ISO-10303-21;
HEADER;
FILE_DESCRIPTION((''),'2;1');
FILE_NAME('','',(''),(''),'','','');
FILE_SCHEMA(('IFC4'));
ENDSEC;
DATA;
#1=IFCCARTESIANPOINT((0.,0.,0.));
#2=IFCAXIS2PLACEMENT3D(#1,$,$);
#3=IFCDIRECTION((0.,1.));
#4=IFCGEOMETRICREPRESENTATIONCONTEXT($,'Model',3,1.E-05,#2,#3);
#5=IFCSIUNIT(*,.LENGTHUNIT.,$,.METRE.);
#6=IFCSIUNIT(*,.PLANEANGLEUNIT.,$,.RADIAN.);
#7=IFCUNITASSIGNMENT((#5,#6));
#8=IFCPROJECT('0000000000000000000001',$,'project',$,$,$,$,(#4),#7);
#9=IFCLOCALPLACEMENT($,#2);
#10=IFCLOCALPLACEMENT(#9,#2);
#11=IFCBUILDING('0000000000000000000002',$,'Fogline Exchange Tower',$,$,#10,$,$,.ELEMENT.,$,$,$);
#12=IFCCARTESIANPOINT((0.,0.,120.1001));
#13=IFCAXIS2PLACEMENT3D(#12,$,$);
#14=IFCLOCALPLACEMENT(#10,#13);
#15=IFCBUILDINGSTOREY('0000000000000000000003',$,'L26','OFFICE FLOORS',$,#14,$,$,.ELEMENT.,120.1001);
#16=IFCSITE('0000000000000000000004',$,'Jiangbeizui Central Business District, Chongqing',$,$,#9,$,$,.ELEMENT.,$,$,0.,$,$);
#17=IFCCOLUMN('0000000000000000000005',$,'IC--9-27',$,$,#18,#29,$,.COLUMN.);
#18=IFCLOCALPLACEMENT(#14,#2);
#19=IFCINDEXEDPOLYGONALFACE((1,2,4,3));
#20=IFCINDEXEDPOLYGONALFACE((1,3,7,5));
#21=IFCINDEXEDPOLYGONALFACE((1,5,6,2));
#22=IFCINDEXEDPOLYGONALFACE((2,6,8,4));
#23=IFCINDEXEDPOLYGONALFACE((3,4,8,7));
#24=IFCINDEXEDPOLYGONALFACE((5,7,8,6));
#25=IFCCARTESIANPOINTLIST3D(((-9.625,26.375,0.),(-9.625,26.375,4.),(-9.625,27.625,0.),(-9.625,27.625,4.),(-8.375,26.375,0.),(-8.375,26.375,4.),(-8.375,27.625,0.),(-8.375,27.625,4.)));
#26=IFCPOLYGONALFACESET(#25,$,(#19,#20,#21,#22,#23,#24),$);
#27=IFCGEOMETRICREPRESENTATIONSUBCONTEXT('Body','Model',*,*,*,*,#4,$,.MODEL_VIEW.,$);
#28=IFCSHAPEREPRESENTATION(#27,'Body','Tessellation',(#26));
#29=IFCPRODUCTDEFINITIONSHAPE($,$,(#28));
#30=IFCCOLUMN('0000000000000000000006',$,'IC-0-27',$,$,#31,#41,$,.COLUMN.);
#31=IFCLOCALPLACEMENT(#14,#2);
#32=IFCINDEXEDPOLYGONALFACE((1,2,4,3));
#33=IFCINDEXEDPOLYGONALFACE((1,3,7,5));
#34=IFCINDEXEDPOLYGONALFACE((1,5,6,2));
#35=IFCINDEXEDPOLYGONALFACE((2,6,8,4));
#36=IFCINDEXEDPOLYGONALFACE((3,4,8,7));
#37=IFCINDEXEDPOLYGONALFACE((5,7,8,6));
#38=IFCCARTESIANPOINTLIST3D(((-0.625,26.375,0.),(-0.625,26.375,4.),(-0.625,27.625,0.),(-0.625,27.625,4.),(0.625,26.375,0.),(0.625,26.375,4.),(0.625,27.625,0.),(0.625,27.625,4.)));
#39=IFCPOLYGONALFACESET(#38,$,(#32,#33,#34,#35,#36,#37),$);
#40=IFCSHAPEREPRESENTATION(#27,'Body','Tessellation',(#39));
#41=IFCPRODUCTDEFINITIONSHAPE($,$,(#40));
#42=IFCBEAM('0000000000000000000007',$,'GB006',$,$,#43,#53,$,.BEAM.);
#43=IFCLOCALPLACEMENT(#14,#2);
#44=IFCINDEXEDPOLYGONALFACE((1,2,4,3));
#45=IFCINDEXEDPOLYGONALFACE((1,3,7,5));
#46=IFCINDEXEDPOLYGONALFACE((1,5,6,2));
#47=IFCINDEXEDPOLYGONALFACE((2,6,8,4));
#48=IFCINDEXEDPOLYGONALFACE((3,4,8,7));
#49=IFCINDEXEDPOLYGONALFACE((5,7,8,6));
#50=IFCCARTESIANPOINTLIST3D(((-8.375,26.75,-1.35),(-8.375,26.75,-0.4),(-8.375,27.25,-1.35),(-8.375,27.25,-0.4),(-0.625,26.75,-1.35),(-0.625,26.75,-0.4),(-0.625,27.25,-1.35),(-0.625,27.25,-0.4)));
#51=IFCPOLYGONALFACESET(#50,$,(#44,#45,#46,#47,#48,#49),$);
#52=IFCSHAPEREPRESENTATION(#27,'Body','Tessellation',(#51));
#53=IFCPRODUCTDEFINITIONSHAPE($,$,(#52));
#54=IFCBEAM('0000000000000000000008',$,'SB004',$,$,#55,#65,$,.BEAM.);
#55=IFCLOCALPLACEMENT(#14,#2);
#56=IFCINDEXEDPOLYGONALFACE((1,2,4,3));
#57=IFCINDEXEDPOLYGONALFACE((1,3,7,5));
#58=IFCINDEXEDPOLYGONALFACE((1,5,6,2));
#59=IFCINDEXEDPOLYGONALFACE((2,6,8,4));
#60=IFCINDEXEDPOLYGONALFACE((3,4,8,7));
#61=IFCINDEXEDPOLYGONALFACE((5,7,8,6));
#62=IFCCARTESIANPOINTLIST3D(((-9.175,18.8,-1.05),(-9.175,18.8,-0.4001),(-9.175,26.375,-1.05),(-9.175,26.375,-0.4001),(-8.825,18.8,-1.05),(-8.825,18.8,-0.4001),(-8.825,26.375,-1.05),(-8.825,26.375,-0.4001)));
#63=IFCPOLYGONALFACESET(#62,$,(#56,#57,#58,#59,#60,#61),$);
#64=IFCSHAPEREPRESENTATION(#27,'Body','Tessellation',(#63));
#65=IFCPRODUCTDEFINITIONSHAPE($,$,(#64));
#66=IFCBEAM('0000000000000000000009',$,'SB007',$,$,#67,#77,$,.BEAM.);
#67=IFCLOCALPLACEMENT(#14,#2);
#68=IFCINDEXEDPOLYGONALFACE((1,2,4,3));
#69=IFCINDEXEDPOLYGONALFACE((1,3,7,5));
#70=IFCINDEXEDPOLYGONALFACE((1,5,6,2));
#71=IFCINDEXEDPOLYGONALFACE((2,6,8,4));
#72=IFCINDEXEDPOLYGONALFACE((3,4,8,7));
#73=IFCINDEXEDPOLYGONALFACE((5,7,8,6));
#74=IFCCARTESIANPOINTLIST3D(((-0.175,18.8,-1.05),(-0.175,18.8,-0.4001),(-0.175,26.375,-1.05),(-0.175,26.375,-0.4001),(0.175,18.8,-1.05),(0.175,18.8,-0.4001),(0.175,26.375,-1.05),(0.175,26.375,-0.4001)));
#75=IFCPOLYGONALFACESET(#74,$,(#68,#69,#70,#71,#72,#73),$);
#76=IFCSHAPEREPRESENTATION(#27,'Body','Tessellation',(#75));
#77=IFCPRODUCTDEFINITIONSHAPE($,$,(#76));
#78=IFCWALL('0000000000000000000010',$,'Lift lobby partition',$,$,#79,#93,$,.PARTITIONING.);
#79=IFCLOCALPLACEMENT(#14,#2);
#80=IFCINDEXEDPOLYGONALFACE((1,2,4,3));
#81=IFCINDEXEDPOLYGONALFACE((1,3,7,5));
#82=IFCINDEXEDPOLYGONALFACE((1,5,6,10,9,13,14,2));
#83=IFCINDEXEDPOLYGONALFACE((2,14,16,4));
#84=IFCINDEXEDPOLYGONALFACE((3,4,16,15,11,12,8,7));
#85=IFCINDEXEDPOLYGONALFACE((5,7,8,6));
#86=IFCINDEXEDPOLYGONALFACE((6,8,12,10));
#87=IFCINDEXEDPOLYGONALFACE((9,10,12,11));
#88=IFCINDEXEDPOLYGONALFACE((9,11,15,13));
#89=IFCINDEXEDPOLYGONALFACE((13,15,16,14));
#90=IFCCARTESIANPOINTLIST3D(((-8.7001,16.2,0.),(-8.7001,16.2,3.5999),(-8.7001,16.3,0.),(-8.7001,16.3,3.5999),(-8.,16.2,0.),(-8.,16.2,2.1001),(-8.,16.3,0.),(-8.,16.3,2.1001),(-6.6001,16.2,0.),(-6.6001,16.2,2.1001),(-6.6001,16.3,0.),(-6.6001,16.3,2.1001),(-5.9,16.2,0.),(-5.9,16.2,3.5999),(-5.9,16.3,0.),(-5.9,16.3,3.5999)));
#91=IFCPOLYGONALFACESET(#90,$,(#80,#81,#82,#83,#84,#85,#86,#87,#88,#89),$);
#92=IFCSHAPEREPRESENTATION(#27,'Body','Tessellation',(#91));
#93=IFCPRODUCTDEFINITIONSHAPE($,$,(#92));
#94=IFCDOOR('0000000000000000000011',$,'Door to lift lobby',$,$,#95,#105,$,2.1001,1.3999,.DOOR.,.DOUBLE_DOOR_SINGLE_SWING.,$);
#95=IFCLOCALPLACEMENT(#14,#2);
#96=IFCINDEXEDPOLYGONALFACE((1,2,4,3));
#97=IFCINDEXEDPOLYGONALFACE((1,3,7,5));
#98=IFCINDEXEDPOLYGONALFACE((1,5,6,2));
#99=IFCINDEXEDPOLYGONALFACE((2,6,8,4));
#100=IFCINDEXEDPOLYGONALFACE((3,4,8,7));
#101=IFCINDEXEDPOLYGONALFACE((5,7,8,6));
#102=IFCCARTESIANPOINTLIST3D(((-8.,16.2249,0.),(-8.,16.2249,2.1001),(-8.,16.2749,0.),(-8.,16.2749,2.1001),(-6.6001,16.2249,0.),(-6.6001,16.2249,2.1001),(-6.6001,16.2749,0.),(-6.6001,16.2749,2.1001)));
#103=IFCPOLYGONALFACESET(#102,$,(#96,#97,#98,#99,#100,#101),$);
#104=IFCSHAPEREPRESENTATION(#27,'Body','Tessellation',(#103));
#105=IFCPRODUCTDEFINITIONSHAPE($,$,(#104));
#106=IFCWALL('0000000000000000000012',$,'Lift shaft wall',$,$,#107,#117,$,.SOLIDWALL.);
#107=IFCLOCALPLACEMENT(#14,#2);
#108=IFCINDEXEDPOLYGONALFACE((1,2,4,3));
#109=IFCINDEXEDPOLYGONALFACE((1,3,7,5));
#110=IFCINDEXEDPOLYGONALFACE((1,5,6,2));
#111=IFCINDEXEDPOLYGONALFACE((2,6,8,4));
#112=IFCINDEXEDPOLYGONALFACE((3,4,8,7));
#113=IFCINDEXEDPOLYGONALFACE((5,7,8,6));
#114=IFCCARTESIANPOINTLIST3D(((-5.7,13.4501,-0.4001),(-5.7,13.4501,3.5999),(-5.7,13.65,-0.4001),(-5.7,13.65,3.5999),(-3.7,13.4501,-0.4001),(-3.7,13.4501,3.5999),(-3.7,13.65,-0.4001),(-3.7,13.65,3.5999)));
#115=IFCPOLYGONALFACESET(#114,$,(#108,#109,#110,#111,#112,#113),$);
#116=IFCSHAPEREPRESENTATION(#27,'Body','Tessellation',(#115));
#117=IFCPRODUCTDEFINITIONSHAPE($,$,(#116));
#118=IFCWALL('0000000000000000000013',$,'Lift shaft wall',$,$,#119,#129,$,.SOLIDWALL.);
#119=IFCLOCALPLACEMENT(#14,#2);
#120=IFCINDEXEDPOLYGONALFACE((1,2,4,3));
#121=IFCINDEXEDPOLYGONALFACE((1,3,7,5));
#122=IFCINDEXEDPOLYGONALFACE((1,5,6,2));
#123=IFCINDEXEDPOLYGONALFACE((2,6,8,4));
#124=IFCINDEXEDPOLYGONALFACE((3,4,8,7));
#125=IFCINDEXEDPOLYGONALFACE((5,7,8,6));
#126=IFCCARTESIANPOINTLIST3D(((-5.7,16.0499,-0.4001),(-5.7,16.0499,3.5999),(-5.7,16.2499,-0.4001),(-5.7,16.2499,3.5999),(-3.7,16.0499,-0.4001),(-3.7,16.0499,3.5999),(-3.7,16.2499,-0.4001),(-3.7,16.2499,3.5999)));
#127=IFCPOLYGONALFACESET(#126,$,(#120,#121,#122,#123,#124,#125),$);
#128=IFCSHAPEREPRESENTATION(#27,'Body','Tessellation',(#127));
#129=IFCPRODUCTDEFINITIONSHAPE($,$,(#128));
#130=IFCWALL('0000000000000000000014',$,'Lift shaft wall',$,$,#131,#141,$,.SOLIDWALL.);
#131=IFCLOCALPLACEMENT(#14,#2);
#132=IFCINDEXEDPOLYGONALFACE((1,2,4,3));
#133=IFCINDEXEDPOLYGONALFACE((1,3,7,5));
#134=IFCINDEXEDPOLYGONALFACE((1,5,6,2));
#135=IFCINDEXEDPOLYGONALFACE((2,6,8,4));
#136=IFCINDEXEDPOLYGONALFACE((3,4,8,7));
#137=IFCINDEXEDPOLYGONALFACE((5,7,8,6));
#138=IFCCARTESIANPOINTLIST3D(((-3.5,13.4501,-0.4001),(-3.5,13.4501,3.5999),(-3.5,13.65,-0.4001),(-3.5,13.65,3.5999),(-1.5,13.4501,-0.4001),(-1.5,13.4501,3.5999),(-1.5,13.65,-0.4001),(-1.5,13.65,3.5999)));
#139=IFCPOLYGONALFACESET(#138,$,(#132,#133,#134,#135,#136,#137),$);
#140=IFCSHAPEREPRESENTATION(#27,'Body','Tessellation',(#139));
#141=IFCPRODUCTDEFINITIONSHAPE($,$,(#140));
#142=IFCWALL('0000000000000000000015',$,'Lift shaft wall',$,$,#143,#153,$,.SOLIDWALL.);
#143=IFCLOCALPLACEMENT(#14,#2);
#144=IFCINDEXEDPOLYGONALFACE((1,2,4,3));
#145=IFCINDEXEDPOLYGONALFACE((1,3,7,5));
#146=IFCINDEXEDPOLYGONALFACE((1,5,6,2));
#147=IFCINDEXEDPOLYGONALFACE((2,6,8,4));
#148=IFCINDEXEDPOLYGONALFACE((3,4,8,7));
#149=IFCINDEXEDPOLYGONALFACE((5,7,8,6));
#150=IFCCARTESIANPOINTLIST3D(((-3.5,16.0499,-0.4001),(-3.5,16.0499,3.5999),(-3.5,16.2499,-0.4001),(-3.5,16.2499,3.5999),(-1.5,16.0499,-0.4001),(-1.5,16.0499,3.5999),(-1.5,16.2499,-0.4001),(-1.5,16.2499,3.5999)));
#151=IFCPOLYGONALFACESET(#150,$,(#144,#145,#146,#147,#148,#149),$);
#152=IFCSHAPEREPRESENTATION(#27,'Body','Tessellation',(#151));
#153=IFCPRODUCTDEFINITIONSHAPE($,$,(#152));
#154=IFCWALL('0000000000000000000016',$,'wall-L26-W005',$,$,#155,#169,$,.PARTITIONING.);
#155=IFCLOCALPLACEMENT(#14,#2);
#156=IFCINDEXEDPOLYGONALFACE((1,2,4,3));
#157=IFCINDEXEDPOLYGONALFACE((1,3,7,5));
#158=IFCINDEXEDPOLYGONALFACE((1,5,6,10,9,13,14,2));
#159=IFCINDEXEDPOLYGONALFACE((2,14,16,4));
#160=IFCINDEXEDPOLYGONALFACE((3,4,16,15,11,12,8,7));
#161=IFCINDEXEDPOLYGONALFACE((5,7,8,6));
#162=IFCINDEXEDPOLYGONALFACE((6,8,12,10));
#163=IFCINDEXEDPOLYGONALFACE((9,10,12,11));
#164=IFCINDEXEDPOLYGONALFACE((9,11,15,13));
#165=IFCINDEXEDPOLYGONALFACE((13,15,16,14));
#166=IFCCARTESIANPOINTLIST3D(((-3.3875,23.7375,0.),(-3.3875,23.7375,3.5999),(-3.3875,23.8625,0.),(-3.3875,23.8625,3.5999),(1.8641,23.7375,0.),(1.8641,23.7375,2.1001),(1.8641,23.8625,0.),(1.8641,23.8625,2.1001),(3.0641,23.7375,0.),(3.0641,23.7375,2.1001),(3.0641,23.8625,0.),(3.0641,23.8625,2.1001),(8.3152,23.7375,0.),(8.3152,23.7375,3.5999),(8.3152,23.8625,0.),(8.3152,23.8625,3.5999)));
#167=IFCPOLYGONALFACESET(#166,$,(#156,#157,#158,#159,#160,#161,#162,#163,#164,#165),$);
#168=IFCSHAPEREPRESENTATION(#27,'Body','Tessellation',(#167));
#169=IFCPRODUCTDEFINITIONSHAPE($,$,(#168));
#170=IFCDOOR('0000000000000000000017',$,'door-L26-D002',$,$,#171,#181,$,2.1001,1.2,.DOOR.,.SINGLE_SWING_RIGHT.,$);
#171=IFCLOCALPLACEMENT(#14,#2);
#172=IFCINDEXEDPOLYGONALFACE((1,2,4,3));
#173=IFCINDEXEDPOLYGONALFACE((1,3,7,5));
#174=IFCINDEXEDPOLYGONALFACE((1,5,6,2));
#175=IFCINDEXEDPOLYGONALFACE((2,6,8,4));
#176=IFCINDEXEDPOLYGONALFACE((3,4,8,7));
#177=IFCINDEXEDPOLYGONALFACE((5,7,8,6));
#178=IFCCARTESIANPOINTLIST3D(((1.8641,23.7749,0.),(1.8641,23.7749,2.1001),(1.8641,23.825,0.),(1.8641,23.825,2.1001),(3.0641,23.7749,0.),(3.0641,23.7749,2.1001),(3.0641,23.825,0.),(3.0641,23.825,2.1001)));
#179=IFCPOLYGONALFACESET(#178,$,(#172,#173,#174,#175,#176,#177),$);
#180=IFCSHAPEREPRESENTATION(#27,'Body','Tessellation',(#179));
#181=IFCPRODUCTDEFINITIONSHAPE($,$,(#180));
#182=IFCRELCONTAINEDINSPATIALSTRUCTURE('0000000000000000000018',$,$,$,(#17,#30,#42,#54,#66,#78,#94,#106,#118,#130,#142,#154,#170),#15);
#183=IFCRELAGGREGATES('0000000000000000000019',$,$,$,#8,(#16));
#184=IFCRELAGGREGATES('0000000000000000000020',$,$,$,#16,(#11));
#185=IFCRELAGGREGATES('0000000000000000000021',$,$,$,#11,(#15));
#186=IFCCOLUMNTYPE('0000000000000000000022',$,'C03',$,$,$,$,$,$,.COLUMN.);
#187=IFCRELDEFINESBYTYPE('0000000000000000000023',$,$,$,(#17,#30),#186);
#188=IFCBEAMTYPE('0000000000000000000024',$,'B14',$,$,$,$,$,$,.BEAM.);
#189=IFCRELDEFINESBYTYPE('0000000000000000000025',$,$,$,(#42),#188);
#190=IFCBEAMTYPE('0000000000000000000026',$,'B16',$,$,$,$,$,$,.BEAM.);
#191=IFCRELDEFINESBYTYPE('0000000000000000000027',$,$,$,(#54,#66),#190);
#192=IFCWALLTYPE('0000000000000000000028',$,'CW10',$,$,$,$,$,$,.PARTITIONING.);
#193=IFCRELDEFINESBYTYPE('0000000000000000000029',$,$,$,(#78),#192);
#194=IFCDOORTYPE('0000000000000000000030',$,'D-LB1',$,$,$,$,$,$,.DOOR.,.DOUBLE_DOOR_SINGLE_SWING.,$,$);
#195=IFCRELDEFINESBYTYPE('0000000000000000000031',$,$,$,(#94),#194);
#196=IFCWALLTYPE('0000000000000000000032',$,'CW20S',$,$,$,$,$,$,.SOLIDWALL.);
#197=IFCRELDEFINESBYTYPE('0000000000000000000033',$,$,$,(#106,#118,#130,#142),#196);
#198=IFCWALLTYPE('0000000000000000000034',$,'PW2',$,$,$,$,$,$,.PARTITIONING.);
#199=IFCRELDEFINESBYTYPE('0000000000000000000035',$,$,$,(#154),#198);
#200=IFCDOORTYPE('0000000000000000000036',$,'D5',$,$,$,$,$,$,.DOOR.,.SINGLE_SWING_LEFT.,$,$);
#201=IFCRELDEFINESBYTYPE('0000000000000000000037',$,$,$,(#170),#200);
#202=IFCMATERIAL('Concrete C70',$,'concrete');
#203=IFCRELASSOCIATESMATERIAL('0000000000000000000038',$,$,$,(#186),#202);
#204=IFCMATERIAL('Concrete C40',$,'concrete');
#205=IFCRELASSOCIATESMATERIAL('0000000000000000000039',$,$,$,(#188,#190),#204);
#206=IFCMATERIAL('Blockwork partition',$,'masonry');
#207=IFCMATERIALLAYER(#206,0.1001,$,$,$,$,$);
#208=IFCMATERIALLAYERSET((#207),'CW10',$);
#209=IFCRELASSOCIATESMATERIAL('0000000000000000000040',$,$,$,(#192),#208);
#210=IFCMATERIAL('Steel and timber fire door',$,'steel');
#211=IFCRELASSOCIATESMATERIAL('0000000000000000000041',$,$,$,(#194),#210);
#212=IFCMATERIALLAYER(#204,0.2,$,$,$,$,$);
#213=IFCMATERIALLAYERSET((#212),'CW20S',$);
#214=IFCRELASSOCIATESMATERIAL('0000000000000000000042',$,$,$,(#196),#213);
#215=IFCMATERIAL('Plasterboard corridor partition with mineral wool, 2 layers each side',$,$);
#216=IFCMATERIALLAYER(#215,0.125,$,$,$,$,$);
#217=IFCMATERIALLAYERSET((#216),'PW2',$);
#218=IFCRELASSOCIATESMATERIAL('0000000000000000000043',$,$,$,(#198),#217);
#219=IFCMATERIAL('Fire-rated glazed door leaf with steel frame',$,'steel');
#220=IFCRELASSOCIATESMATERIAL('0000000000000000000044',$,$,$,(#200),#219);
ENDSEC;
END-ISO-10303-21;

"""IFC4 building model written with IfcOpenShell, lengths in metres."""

from ifc_helpers import new_model, si_unit, direction, frame, frame_2d, origin, origin_2d, place, context, subcontext, project, spatial, rectangle, extrude, material, layer, layer_set, material_profile, profile_set, type_object, element, fill, save


model = new_model("IFC4")

# Units and contexts
model_context = context("Model", 3, precision=1e-05, world=origin(), true_north=direction((0.0, 1.0)))
body_context = subcontext(model_context, "Body", "Model", "MODEL_VIEW")
ifc_project = project(units=[si_unit("LENGTHUNIT", "METRE"), si_unit("PLANEANGLEUNIT", "RADIAN")], contexts=[model_context])

# Site, building, storey
site_placement = place(None, origin())
site = spatial("IfcSite", under=ifc_project, at=site_placement, Name="Jiangbeizui Central Business District, Chongqing", CompositionType="ELEMENT", RefElevation=0.0)
building_placement = place(site_placement, origin())
building = spatial("IfcBuilding", under=site, at=building_placement, Name="Fogline Exchange Tower", CompositionType="ELEMENT")
storey_placement = place(building_placement, frame((0.0, 0.0, 120.1001)))
storey = spatial("IfcBuildingStorey", under=building, at=storey_placement, Name="L26", Description="OFFICE FLOORS", CompositionType="ELEMENT", Elevation=120.1001)

# Columns
ifc_material_1 = material(Name="Concrete C70", Category="concrete")
ifc_material_profile_1 = material_profile(ifc_material_1, rectangle(XDim=1.25, YDim=1.25, at=origin_2d()), Name="RC 1250x1250")
ifc_profile_set_1 = profile_set([ifc_material_profile_1], Name="Concrete C70")
column_type = type_object("IfcColumnType", Name="C03", PredefinedType="COLUMN", material=ifc_profile_set_1)
for number, where, z_axis, x_axis, name in (
    (1, (-9.0, 27.0, 0.0), (0.0, 0.0, 1.0), (1.0, 0.0, 0.0), "IC--9-27"),
    (2, (0.0, 27.0, 0.0), (0.0, 0.0, 1.0), (1.0, 0.0, 0.0), "IC-0-27"),
):
    element("IfcColumn", number, at=place(storey_placement, frame(where, z_axis=z_axis, x_axis=x_axis)), inside=storey, type_object=column_type, Name=name, PredefinedType="COLUMN", context=body_context, shape_type="SweptSolid", body=[
        extrude(rectangle(XDim=1.25, YDim=1.25, at=origin_2d()), origin(), (0.0, 0.0, 1.0), 4.0),
    ])

# Beams
ifc_material_2 = material(Name="Concrete C40", Category="concrete")
ifc_material_profile_2 = material_profile(ifc_material_2, rectangle(XDim=0.5, YDim=0.95, at=origin_2d()), Name="RC 500x950")
ifc_profile_set_2 = profile_set([ifc_material_profile_2], Name="Concrete C40")
beam_type_1 = type_object("IfcBeamType", Name="B14", PredefinedType="BEAM", material=ifc_profile_set_2)
beam_placement = place(storey_placement, frame((-8.375, 27.0, -0.875), z_axis=(1.0, 0.0, 0.0), x_axis=(0.0, 1.0, 0.0)))
element("IfcBeam", 3, at=beam_placement, inside=storey, type_object=beam_type_1, Name="GB006", PredefinedType="BEAM", context=body_context, shape_type="SweptSolid", body=[
    extrude(rectangle(XDim=0.5, YDim=0.95, at=origin_2d()), origin(), (0.0, 0.0, 1.0), 7.75),
])
ifc_material_profile_3 = material_profile(ifc_material_2, rectangle(XDim=0.3501, YDim=0.6499, at=origin_2d()), Name="RC 350x650")
ifc_profile_set_3 = profile_set([ifc_material_profile_3], Name="Concrete C40")
beam_type_2 = type_object("IfcBeamType", Name="B16", PredefinedType="BEAM", material=ifc_profile_set_3)
for number, where, z_axis, x_axis, name in (
    (4, (-9.0, 18.8, -0.7251), (0.0, 1.0, 0.0), (-1.0, 0.0, 0.0), "SB004"),
    (5, (0.0, 18.8, -0.7251), (0.0, 1.0, 0.0), (-1.0, 0.0, 0.0), "SB007"),
):
    element("IfcBeam", number, at=place(storey_placement, frame(where, z_axis=z_axis, x_axis=x_axis)), inside=storey, type_object=beam_type_2, Name=name, PredefinedType="BEAM", context=body_context, shape_type="SweptSolid", body=[
        extrude(rectangle(XDim=0.3501, YDim=0.6499, at=origin_2d()), origin(), (0.0, 0.0, 1.0), 7.575),
    ])

# Wall, opening, door
ifc_material_3 = material(Name="Blockwork partition", Category="masonry")
ifc_layer_1 = layer(ifc_material_3, 0.1001)
ifc_layer_set_1 = layer_set([ifc_layer_1], Name="CW10")
wall_type_1 = type_object("IfcWallType", Name="CW10", PredefinedType="PARTITIONING", material=ifc_layer_set_1)
wall_1_placement = place(storey_placement, frame((-8.7, 16.25, 0.0), z_axis=(0.0, 0.0, 1.0), x_axis=(1.0, 0.0, 0.0)))
wall_1 = element("IfcWall", 6, at=wall_1_placement, inside=storey, type_object=wall_type_1, Name="Lift lobby partition", PredefinedType="PARTITIONING", context=body_context, shape_type="SweptSolid", body=[
    extrude(rectangle(XDim=2.8, YDim=0.1001, at=frame_2d((1.3999, 0.0))), origin(), (0.0, 0.0, 1.0), 3.5999),
])
opening_1_placement = place(wall_1_placement, frame((0.7, 0.0, 0.0)))
opening_1 = element("IfcOpeningElement", 7, at=opening_1_placement, cuts=wall_1, PredefinedType="OPENING", context=body_context, shape_type="SweptSolid", body=[
    extrude(rectangle(XDim=1.3999, YDim=2.1001, at=frame_2d((0.7, 1.05))), frame((0.0, 0.0601, 0.0), z_axis=(0.0, -1.0, 0.0), x_axis=(1.0, 0.0, 0.0)), (0.0, 0.0, 1.0), 0.1201),
])
ifc_material_4 = material(Name="Steel and timber fire door", Category="steel")
door_type_1 = type_object("IfcDoorType", Name="D-LB1", OperationType="DOUBLE_DOOR_SINGLE_SWING", PredefinedType="DOOR", material=ifc_material_4)
door_1_placement = place(opening_1_placement, origin())
door_1 = element("IfcDoor", 8, at=door_1_placement, inside=storey, type_object=door_type_1, Name="Door to lift lobby", OperationType="DOUBLE_DOOR_SINGLE_SWING", OverallHeight=2.1001, OverallWidth=1.3999, PredefinedType="DOOR", context=body_context, shape_type="SweptSolid", body=[
    extrude(rectangle(XDim=1.3999, YDim=2.1001, at=frame_2d((0.7, 1.05))), frame((0.0, 0.0249, 0.0), z_axis=(0.0, -1.0, 0.0), x_axis=(1.0, 0.0, 0.0)), (0.0, 0.0, 1.0), 0.05),
])
fill(opening_1, door_1)

# Walls
ifc_layer_2 = layer(ifc_material_2, 0.2)
ifc_layer_set_2 = layer_set([ifc_layer_2], Name="CW20S")
wall_type_2 = type_object("IfcWallType", Name="CW20S", PredefinedType="SOLIDWALL", material=ifc_layer_set_2)
for number, where, z_axis, x_axis, name in (
    (9, (-5.7, 13.55, -0.4001), (0.0, 0.0, 1.0), (1.0, 0.0, 0.0), "Lift shaft wall"),
    (10, (-5.7, 16.1499, -0.4001), (0.0, 0.0, 1.0), (1.0, 0.0, 0.0), "Lift shaft wall"),
    (11, (-3.5, 13.55, -0.4001), (0.0, 0.0, 1.0), (1.0, 0.0, 0.0), "Lift shaft wall"),
    (12, (-3.5, 16.1499, -0.4001), (0.0, 0.0, 1.0), (1.0, 0.0, 0.0), "Lift shaft wall"),
):
    element("IfcWall", number, at=place(storey_placement, frame(where, z_axis=z_axis, x_axis=x_axis)), inside=storey, type_object=wall_type_2, Name=name, PredefinedType="SOLIDWALL", context=body_context, shape_type="SweptSolid", body=[
        extrude(rectangle(XDim=2.0, YDim=0.2, at=frame_2d((1.0, 0.0))), origin(), (0.0, 0.0, 1.0), 4.0),
    ])

# Wall, opening, door
ifc_material_5 = material(Name="Plasterboard corridor partition with mineral wool, 2 layers each side")
ifc_layer_3 = layer(ifc_material_5, 0.125)
ifc_layer_set_3 = layer_set([ifc_layer_3], Name="PW2")
wall_type_3 = type_object("IfcWallType", Name="PW2", PredefinedType="PARTITIONING", material=ifc_layer_set_3)
wall_2_placement = place(storey_placement, frame((-3.3875, 23.8, 0.0), z_axis=(0.0, 0.0, 1.0), x_axis=(1.0, 0.0, 0.0)))
wall_2 = element("IfcWall", 13, at=wall_2_placement, inside=storey, type_object=wall_type_3, Name="wall-L26-W005", PredefinedType="PARTITIONING", context=body_context, shape_type="SweptSolid", body=[
    extrude(rectangle(XDim=11.7026, YDim=0.125, at=frame_2d((5.8513, 0.0))), origin(), (0.0, 0.0, 1.0), 3.5999),
])
opening_2_placement = place(wall_2_placement, frame((5.2515, 0.0, 0.0)))
opening_2 = element("IfcOpeningElement", 14, at=opening_2_placement, cuts=wall_2, PredefinedType="OPENING", context=body_context, shape_type="SweptSolid", body=[
    extrude(rectangle(XDim=1.2, YDim=2.1001, at=frame_2d((0.6001, 1.05))), frame((0.0, 0.0725, 0.0), z_axis=(0.0, -1.0, 0.0), x_axis=(1.0, 0.0, 0.0)), (0.0, 0.0, 1.0), 0.145),
])
ifc_material_6 = material(Name="Fire-rated glazed door leaf with steel frame", Category="steel")
door_type_2 = type_object("IfcDoorType", Name="D5", OperationType="SINGLE_SWING_LEFT", PredefinedType="DOOR", material=ifc_material_6)
door_2_placement = place(opening_2_placement, origin())
door_2 = element("IfcDoor", 15, at=door_2_placement, inside=storey, type_object=door_type_2, Name="door-L26-D002", OperationType="SINGLE_SWING_RIGHT", OverallHeight=2.1001, OverallWidth=1.2, PredefinedType="DOOR", context=body_context, shape_type="SweptSolid", body=[
    extrude(rectangle(XDim=1.2, YDim=2.1001, at=frame_2d((0.6001, 1.05))), frame((0.0, 0.0249, 0.0), z_axis=(0.0, -1.0, 0.0), x_axis=(1.0, 0.0, 0.0)), (0.0, 0.0, 1.0), 0.05),
])
fill(opening_2, door_2)

save(model, "model.ifc")
